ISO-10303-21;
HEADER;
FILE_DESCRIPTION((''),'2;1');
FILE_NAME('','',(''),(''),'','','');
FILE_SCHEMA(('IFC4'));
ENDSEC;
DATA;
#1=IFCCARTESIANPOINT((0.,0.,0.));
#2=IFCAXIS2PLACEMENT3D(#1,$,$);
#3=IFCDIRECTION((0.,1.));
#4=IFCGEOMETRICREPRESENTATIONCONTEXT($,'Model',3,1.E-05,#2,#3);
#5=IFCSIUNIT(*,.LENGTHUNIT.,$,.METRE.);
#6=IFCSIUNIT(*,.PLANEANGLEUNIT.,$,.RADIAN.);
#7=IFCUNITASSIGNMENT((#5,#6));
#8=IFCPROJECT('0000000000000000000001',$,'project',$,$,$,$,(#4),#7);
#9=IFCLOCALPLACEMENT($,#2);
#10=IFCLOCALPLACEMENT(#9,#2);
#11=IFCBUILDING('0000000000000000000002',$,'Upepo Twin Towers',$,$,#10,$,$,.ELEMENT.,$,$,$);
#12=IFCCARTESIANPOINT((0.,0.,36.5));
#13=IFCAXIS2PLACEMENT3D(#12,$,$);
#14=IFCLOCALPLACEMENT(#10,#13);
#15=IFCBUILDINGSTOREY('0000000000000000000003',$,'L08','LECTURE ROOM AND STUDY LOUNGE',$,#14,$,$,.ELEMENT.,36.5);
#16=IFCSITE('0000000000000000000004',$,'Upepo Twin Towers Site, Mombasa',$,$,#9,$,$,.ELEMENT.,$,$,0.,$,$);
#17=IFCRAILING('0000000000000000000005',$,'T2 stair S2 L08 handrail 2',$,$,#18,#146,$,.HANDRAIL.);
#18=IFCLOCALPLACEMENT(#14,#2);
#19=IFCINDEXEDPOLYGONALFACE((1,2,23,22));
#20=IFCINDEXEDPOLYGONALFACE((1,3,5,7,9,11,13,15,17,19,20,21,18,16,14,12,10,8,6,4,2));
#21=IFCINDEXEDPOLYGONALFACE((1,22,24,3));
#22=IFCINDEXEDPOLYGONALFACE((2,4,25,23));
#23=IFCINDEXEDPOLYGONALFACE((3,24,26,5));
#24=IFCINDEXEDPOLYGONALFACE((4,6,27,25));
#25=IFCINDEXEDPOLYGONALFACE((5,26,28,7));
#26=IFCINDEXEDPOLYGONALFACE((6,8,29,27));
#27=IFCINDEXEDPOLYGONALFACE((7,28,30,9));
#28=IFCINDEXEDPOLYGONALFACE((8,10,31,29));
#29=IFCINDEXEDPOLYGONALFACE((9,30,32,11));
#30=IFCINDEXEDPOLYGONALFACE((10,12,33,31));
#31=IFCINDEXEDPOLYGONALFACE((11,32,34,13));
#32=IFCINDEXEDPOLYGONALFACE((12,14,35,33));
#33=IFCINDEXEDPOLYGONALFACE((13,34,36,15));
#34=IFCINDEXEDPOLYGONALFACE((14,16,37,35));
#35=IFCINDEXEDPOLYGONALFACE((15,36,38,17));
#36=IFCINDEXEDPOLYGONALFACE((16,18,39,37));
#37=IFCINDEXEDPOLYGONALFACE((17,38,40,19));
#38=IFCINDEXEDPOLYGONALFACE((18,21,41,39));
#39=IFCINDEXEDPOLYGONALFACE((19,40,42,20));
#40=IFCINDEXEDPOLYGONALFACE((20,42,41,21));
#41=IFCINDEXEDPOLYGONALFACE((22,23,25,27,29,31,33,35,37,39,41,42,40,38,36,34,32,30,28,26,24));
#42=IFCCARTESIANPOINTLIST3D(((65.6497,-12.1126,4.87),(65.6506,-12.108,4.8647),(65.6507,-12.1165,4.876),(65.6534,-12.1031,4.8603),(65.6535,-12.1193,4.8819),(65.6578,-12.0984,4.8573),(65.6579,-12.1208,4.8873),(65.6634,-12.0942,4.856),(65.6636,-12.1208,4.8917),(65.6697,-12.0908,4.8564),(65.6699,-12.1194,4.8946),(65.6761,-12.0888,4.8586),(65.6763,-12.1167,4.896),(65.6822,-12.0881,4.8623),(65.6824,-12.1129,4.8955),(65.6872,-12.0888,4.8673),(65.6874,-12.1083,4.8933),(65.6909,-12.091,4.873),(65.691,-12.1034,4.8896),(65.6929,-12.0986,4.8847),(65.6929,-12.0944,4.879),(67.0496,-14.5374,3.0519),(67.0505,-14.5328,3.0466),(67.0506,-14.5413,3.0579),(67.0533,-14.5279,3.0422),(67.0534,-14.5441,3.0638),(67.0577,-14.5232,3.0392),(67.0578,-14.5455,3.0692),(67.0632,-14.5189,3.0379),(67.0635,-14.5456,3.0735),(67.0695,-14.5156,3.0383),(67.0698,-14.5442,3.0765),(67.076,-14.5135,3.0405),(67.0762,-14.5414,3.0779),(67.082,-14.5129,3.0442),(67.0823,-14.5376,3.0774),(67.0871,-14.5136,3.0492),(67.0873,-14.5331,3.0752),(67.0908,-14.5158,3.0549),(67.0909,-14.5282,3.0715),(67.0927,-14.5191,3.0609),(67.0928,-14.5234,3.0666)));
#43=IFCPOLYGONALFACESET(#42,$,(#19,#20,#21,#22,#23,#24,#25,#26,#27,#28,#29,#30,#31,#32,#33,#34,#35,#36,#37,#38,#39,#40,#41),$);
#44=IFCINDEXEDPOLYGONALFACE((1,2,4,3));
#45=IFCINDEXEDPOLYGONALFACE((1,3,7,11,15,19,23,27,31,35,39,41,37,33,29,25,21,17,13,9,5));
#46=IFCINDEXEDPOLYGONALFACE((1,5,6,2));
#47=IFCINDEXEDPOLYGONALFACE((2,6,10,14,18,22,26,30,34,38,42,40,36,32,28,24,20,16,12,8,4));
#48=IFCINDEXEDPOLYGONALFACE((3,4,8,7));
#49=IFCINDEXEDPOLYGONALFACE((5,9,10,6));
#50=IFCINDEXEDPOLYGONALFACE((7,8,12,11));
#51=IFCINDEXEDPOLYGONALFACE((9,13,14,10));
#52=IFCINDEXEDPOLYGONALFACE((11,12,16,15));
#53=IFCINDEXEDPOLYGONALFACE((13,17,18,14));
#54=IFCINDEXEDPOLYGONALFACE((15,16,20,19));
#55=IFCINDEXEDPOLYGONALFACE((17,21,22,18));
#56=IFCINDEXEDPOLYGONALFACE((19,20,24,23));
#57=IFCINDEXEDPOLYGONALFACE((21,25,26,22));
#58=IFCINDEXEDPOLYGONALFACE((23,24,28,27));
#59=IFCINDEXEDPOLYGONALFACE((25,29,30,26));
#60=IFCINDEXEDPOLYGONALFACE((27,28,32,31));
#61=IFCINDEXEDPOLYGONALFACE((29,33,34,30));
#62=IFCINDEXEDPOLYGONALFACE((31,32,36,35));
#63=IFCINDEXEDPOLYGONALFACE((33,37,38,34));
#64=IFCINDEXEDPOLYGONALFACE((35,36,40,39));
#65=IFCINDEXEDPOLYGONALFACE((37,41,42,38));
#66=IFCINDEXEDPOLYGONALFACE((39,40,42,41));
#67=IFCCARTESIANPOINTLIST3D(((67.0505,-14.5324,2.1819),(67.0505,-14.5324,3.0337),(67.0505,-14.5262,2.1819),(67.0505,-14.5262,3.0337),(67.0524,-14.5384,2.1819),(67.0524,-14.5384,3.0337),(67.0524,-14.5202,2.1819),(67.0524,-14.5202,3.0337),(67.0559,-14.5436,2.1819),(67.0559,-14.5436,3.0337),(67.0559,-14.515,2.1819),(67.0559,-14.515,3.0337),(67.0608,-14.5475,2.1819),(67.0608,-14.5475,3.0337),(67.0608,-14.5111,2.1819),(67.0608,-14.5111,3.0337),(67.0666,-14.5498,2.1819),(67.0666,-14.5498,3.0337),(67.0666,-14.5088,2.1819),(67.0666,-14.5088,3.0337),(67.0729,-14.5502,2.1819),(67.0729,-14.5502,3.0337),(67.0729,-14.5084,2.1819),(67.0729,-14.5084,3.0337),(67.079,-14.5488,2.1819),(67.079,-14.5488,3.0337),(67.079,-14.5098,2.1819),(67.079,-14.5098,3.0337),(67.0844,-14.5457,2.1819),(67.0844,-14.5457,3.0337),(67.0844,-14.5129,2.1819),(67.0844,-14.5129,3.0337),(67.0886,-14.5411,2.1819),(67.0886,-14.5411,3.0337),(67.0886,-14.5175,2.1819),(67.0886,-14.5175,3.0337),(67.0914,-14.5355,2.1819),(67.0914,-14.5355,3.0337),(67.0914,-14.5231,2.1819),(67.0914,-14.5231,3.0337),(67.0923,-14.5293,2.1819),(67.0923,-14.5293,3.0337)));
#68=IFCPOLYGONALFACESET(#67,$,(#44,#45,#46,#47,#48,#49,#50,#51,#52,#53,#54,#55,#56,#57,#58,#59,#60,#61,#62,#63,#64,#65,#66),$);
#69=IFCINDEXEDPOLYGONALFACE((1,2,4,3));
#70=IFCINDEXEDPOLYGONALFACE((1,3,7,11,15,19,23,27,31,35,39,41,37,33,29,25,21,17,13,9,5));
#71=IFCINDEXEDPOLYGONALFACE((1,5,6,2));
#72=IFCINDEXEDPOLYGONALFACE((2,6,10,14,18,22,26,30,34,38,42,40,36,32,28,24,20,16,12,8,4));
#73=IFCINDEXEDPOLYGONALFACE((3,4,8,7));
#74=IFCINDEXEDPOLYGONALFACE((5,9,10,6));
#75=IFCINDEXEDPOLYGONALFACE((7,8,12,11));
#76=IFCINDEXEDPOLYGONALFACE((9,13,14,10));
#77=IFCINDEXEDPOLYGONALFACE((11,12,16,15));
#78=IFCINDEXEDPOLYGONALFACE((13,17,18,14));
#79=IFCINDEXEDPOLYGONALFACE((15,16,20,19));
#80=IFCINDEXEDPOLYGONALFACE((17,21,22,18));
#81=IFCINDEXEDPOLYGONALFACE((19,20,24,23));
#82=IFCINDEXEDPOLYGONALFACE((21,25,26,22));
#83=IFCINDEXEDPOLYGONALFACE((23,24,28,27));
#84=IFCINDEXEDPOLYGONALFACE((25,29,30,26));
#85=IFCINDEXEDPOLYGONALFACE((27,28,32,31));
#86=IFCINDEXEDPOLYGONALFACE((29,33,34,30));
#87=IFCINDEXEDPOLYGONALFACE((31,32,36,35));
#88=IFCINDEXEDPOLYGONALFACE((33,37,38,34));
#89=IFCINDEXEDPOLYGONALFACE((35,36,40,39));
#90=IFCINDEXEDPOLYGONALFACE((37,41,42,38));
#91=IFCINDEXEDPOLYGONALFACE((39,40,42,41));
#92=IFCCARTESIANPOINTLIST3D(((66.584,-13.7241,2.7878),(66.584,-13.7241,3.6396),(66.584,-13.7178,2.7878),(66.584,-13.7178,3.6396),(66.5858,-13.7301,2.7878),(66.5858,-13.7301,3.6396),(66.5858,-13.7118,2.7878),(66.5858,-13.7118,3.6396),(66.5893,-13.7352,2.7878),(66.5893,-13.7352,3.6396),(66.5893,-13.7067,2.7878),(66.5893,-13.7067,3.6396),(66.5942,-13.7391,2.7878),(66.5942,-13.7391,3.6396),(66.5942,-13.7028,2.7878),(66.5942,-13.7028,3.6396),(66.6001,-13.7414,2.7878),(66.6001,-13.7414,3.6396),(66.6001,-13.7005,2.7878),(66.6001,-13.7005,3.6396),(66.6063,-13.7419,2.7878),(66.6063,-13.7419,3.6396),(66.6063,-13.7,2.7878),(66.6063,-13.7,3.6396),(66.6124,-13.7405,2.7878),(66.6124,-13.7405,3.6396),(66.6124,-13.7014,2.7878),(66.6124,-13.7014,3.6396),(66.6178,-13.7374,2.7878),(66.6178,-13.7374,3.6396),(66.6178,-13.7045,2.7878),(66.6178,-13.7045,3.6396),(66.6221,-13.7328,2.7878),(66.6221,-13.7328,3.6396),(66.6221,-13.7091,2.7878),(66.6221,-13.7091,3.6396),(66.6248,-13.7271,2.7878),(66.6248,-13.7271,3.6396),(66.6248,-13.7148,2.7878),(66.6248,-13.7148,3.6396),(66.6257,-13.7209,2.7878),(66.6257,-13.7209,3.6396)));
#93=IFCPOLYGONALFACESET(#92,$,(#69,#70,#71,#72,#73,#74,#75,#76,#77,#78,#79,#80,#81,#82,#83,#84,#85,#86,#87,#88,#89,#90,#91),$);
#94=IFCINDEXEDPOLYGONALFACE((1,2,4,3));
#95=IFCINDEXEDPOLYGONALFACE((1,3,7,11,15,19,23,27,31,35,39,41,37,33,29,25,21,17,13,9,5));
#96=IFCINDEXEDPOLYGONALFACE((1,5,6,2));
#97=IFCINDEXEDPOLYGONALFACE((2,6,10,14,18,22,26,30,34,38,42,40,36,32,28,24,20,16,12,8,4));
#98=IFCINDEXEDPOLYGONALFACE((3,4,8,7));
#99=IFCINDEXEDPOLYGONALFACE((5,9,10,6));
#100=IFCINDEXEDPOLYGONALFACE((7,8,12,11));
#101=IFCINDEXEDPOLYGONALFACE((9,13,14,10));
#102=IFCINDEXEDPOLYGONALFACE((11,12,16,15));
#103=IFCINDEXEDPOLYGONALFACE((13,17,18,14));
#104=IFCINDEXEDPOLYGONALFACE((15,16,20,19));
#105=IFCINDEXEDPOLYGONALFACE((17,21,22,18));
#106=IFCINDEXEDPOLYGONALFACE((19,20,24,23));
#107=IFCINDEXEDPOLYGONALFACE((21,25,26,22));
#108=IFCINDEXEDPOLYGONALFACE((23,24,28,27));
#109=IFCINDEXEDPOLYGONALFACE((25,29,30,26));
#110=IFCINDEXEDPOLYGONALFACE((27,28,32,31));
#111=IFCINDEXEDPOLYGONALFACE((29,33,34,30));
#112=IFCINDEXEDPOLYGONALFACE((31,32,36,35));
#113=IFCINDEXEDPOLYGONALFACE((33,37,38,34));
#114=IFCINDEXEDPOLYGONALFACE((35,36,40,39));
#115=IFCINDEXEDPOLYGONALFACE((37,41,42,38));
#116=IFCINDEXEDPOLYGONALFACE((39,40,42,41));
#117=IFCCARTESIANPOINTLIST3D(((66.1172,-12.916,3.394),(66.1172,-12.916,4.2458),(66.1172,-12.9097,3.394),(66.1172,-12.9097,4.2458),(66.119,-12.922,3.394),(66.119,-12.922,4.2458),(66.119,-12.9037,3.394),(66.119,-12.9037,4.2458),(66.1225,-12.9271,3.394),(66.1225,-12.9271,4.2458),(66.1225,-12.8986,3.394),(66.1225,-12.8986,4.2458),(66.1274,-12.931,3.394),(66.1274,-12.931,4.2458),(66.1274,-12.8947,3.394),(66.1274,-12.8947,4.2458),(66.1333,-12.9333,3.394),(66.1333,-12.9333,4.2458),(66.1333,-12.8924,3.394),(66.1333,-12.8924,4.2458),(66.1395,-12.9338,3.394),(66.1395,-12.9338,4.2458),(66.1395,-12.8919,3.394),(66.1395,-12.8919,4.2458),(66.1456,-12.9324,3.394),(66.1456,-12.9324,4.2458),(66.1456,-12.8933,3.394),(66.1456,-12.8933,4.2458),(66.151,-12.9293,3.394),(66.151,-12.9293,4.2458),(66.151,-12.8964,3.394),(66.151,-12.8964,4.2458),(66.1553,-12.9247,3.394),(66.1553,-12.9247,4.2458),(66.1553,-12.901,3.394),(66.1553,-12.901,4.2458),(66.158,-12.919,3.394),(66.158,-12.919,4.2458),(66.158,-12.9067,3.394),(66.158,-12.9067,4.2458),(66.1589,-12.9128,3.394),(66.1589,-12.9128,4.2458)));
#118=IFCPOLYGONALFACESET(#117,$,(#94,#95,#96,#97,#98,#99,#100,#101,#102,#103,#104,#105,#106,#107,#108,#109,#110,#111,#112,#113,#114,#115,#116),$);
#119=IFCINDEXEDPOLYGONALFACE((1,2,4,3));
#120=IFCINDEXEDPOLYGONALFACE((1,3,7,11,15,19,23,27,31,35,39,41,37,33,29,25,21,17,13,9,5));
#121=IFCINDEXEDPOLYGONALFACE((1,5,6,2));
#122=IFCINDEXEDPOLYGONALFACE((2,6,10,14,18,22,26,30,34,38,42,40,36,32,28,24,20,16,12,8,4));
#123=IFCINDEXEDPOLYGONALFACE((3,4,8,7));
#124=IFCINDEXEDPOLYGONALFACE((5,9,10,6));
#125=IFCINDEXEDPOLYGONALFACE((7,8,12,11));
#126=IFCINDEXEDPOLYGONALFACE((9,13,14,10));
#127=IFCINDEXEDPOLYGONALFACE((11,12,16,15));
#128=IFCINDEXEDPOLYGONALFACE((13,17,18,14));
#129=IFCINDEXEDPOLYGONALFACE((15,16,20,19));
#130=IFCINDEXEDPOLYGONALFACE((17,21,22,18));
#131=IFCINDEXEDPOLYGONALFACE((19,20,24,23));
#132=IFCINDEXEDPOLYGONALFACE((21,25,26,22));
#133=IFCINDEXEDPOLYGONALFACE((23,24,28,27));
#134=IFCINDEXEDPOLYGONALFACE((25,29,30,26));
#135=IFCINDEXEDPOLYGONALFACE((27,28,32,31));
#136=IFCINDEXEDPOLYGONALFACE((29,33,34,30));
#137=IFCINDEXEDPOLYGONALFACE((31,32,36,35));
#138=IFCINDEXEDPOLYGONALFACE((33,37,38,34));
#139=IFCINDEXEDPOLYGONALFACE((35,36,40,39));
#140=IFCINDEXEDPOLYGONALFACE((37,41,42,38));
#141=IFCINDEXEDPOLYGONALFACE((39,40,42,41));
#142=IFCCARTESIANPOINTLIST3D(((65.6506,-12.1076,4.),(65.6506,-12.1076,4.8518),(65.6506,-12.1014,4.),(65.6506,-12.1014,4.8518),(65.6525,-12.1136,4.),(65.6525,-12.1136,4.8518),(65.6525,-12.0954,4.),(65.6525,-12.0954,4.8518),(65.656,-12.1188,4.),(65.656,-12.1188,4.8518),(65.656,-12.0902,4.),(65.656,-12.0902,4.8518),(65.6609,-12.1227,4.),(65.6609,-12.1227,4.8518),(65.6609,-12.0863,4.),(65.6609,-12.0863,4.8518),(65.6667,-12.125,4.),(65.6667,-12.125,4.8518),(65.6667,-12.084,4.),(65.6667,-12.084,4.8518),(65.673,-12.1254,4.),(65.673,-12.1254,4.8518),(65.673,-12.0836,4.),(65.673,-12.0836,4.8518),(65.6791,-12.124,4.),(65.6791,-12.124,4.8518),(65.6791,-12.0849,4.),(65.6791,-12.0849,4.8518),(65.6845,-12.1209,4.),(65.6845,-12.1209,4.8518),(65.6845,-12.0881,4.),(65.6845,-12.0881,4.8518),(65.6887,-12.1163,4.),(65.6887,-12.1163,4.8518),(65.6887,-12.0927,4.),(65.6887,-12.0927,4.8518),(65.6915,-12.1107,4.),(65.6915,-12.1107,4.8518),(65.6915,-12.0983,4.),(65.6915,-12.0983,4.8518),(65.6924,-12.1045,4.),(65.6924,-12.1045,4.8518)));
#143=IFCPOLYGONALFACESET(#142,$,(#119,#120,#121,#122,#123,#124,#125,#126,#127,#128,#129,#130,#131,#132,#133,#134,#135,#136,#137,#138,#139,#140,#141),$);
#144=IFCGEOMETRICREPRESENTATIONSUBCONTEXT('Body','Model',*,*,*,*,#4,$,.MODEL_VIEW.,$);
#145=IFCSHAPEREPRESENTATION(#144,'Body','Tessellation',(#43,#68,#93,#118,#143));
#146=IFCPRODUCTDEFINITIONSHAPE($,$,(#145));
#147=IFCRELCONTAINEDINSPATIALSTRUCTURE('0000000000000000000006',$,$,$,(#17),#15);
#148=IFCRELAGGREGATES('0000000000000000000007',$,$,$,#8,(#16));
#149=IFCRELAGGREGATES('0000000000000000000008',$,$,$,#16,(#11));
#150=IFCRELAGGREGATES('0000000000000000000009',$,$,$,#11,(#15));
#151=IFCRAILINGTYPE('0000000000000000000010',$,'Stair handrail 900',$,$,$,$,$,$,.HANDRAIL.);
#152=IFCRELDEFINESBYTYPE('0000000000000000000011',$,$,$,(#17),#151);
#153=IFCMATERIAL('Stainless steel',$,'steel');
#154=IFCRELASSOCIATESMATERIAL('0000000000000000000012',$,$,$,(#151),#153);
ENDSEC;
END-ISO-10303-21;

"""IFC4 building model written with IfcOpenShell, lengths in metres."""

from ifc_helpers import new_model, si_unit, direction, frame, origin, origin_2d, place, context, subcontext, project, spatial, circle, extrude, material, type_object, element, save


model = new_model("IFC4")

# Units and contexts
model_context = context("Model", 3, precision=1e-05, world=origin(), true_north=direction((0.0, 1.0)))
body_context = subcontext(model_context, "Body", "Model", "MODEL_VIEW")
ifc_project = project(units=[si_unit("LENGTHUNIT", "METRE"), si_unit("PLANEANGLEUNIT", "RADIAN")], contexts=[model_context])

# Site, building, storey
site_placement = place(None, origin())
site = spatial("IfcSite", under=ifc_project, at=site_placement, Name="Upepo Twin Towers Site, Mombasa", CompositionType="ELEMENT", RefElevation=0.0)
building_placement = place(site_placement, origin())
building = spatial("IfcBuilding", under=site, at=building_placement, Name="Upepo Twin Towers", CompositionType="ELEMENT")
storey_placement = place(building_placement, frame((0.0, 0.0, 36.5)))
storey = spatial("IfcBuildingStorey", under=building, at=storey_placement, Name="L08", Description="LECTURE ROOM AND STUDY LOUNGE", CompositionType="ELEMENT", Elevation=36.5)

# Railing
ifc_material_1 = material(Name="Stainless steel", Category="steel")
railing_type = type_object("IfcRailingType", Name="Stair handrail 900", PredefinedType="HANDRAIL", material=ifc_material_1)
railing_1_placement = place(storey_placement, frame((67.0713, -14.5293, 2.1819)))
element("IfcRailing", 1, at=railing_1_placement, inside=storey, type_object=railing_type, Name="T2 stair S2 L08 handrail 2", PredefinedType="HANDRAIL", context=body_context, shape_type="SweptSolid", body=[
    extrude(circle(Radius=0.0239, at=origin_2d()), frame((0.0, 0.0, 0.876), z_axis=(-0.419333, 0.726336, 0.544606), x_axis=(-0.866035, -0.499984, 0.0)), (0.0, 0.0, 1.0), 3.3384),
    extrude(circle(Radius=0.021, at=origin_2d()), origin(), (0.0, 0.0, 1.0), 0.8518),
    extrude(circle(Radius=0.021, at=origin_2d()), frame((-0.4666, 0.8083, 0.606)), (0.0, 0.0, 1.0), 0.8518),
    extrude(circle(Radius=0.021, at=origin_2d()), frame((-0.9333, 1.6165, 1.2122)), (0.0, 0.0, 1.0), 0.8518),
    extrude(circle(Radius=0.021, at=origin_2d()), frame((-1.3999, 2.4248, 1.8181)), (0.0, 0.0, 1.0), 0.8518),
])

save(model, "model.ifc")
